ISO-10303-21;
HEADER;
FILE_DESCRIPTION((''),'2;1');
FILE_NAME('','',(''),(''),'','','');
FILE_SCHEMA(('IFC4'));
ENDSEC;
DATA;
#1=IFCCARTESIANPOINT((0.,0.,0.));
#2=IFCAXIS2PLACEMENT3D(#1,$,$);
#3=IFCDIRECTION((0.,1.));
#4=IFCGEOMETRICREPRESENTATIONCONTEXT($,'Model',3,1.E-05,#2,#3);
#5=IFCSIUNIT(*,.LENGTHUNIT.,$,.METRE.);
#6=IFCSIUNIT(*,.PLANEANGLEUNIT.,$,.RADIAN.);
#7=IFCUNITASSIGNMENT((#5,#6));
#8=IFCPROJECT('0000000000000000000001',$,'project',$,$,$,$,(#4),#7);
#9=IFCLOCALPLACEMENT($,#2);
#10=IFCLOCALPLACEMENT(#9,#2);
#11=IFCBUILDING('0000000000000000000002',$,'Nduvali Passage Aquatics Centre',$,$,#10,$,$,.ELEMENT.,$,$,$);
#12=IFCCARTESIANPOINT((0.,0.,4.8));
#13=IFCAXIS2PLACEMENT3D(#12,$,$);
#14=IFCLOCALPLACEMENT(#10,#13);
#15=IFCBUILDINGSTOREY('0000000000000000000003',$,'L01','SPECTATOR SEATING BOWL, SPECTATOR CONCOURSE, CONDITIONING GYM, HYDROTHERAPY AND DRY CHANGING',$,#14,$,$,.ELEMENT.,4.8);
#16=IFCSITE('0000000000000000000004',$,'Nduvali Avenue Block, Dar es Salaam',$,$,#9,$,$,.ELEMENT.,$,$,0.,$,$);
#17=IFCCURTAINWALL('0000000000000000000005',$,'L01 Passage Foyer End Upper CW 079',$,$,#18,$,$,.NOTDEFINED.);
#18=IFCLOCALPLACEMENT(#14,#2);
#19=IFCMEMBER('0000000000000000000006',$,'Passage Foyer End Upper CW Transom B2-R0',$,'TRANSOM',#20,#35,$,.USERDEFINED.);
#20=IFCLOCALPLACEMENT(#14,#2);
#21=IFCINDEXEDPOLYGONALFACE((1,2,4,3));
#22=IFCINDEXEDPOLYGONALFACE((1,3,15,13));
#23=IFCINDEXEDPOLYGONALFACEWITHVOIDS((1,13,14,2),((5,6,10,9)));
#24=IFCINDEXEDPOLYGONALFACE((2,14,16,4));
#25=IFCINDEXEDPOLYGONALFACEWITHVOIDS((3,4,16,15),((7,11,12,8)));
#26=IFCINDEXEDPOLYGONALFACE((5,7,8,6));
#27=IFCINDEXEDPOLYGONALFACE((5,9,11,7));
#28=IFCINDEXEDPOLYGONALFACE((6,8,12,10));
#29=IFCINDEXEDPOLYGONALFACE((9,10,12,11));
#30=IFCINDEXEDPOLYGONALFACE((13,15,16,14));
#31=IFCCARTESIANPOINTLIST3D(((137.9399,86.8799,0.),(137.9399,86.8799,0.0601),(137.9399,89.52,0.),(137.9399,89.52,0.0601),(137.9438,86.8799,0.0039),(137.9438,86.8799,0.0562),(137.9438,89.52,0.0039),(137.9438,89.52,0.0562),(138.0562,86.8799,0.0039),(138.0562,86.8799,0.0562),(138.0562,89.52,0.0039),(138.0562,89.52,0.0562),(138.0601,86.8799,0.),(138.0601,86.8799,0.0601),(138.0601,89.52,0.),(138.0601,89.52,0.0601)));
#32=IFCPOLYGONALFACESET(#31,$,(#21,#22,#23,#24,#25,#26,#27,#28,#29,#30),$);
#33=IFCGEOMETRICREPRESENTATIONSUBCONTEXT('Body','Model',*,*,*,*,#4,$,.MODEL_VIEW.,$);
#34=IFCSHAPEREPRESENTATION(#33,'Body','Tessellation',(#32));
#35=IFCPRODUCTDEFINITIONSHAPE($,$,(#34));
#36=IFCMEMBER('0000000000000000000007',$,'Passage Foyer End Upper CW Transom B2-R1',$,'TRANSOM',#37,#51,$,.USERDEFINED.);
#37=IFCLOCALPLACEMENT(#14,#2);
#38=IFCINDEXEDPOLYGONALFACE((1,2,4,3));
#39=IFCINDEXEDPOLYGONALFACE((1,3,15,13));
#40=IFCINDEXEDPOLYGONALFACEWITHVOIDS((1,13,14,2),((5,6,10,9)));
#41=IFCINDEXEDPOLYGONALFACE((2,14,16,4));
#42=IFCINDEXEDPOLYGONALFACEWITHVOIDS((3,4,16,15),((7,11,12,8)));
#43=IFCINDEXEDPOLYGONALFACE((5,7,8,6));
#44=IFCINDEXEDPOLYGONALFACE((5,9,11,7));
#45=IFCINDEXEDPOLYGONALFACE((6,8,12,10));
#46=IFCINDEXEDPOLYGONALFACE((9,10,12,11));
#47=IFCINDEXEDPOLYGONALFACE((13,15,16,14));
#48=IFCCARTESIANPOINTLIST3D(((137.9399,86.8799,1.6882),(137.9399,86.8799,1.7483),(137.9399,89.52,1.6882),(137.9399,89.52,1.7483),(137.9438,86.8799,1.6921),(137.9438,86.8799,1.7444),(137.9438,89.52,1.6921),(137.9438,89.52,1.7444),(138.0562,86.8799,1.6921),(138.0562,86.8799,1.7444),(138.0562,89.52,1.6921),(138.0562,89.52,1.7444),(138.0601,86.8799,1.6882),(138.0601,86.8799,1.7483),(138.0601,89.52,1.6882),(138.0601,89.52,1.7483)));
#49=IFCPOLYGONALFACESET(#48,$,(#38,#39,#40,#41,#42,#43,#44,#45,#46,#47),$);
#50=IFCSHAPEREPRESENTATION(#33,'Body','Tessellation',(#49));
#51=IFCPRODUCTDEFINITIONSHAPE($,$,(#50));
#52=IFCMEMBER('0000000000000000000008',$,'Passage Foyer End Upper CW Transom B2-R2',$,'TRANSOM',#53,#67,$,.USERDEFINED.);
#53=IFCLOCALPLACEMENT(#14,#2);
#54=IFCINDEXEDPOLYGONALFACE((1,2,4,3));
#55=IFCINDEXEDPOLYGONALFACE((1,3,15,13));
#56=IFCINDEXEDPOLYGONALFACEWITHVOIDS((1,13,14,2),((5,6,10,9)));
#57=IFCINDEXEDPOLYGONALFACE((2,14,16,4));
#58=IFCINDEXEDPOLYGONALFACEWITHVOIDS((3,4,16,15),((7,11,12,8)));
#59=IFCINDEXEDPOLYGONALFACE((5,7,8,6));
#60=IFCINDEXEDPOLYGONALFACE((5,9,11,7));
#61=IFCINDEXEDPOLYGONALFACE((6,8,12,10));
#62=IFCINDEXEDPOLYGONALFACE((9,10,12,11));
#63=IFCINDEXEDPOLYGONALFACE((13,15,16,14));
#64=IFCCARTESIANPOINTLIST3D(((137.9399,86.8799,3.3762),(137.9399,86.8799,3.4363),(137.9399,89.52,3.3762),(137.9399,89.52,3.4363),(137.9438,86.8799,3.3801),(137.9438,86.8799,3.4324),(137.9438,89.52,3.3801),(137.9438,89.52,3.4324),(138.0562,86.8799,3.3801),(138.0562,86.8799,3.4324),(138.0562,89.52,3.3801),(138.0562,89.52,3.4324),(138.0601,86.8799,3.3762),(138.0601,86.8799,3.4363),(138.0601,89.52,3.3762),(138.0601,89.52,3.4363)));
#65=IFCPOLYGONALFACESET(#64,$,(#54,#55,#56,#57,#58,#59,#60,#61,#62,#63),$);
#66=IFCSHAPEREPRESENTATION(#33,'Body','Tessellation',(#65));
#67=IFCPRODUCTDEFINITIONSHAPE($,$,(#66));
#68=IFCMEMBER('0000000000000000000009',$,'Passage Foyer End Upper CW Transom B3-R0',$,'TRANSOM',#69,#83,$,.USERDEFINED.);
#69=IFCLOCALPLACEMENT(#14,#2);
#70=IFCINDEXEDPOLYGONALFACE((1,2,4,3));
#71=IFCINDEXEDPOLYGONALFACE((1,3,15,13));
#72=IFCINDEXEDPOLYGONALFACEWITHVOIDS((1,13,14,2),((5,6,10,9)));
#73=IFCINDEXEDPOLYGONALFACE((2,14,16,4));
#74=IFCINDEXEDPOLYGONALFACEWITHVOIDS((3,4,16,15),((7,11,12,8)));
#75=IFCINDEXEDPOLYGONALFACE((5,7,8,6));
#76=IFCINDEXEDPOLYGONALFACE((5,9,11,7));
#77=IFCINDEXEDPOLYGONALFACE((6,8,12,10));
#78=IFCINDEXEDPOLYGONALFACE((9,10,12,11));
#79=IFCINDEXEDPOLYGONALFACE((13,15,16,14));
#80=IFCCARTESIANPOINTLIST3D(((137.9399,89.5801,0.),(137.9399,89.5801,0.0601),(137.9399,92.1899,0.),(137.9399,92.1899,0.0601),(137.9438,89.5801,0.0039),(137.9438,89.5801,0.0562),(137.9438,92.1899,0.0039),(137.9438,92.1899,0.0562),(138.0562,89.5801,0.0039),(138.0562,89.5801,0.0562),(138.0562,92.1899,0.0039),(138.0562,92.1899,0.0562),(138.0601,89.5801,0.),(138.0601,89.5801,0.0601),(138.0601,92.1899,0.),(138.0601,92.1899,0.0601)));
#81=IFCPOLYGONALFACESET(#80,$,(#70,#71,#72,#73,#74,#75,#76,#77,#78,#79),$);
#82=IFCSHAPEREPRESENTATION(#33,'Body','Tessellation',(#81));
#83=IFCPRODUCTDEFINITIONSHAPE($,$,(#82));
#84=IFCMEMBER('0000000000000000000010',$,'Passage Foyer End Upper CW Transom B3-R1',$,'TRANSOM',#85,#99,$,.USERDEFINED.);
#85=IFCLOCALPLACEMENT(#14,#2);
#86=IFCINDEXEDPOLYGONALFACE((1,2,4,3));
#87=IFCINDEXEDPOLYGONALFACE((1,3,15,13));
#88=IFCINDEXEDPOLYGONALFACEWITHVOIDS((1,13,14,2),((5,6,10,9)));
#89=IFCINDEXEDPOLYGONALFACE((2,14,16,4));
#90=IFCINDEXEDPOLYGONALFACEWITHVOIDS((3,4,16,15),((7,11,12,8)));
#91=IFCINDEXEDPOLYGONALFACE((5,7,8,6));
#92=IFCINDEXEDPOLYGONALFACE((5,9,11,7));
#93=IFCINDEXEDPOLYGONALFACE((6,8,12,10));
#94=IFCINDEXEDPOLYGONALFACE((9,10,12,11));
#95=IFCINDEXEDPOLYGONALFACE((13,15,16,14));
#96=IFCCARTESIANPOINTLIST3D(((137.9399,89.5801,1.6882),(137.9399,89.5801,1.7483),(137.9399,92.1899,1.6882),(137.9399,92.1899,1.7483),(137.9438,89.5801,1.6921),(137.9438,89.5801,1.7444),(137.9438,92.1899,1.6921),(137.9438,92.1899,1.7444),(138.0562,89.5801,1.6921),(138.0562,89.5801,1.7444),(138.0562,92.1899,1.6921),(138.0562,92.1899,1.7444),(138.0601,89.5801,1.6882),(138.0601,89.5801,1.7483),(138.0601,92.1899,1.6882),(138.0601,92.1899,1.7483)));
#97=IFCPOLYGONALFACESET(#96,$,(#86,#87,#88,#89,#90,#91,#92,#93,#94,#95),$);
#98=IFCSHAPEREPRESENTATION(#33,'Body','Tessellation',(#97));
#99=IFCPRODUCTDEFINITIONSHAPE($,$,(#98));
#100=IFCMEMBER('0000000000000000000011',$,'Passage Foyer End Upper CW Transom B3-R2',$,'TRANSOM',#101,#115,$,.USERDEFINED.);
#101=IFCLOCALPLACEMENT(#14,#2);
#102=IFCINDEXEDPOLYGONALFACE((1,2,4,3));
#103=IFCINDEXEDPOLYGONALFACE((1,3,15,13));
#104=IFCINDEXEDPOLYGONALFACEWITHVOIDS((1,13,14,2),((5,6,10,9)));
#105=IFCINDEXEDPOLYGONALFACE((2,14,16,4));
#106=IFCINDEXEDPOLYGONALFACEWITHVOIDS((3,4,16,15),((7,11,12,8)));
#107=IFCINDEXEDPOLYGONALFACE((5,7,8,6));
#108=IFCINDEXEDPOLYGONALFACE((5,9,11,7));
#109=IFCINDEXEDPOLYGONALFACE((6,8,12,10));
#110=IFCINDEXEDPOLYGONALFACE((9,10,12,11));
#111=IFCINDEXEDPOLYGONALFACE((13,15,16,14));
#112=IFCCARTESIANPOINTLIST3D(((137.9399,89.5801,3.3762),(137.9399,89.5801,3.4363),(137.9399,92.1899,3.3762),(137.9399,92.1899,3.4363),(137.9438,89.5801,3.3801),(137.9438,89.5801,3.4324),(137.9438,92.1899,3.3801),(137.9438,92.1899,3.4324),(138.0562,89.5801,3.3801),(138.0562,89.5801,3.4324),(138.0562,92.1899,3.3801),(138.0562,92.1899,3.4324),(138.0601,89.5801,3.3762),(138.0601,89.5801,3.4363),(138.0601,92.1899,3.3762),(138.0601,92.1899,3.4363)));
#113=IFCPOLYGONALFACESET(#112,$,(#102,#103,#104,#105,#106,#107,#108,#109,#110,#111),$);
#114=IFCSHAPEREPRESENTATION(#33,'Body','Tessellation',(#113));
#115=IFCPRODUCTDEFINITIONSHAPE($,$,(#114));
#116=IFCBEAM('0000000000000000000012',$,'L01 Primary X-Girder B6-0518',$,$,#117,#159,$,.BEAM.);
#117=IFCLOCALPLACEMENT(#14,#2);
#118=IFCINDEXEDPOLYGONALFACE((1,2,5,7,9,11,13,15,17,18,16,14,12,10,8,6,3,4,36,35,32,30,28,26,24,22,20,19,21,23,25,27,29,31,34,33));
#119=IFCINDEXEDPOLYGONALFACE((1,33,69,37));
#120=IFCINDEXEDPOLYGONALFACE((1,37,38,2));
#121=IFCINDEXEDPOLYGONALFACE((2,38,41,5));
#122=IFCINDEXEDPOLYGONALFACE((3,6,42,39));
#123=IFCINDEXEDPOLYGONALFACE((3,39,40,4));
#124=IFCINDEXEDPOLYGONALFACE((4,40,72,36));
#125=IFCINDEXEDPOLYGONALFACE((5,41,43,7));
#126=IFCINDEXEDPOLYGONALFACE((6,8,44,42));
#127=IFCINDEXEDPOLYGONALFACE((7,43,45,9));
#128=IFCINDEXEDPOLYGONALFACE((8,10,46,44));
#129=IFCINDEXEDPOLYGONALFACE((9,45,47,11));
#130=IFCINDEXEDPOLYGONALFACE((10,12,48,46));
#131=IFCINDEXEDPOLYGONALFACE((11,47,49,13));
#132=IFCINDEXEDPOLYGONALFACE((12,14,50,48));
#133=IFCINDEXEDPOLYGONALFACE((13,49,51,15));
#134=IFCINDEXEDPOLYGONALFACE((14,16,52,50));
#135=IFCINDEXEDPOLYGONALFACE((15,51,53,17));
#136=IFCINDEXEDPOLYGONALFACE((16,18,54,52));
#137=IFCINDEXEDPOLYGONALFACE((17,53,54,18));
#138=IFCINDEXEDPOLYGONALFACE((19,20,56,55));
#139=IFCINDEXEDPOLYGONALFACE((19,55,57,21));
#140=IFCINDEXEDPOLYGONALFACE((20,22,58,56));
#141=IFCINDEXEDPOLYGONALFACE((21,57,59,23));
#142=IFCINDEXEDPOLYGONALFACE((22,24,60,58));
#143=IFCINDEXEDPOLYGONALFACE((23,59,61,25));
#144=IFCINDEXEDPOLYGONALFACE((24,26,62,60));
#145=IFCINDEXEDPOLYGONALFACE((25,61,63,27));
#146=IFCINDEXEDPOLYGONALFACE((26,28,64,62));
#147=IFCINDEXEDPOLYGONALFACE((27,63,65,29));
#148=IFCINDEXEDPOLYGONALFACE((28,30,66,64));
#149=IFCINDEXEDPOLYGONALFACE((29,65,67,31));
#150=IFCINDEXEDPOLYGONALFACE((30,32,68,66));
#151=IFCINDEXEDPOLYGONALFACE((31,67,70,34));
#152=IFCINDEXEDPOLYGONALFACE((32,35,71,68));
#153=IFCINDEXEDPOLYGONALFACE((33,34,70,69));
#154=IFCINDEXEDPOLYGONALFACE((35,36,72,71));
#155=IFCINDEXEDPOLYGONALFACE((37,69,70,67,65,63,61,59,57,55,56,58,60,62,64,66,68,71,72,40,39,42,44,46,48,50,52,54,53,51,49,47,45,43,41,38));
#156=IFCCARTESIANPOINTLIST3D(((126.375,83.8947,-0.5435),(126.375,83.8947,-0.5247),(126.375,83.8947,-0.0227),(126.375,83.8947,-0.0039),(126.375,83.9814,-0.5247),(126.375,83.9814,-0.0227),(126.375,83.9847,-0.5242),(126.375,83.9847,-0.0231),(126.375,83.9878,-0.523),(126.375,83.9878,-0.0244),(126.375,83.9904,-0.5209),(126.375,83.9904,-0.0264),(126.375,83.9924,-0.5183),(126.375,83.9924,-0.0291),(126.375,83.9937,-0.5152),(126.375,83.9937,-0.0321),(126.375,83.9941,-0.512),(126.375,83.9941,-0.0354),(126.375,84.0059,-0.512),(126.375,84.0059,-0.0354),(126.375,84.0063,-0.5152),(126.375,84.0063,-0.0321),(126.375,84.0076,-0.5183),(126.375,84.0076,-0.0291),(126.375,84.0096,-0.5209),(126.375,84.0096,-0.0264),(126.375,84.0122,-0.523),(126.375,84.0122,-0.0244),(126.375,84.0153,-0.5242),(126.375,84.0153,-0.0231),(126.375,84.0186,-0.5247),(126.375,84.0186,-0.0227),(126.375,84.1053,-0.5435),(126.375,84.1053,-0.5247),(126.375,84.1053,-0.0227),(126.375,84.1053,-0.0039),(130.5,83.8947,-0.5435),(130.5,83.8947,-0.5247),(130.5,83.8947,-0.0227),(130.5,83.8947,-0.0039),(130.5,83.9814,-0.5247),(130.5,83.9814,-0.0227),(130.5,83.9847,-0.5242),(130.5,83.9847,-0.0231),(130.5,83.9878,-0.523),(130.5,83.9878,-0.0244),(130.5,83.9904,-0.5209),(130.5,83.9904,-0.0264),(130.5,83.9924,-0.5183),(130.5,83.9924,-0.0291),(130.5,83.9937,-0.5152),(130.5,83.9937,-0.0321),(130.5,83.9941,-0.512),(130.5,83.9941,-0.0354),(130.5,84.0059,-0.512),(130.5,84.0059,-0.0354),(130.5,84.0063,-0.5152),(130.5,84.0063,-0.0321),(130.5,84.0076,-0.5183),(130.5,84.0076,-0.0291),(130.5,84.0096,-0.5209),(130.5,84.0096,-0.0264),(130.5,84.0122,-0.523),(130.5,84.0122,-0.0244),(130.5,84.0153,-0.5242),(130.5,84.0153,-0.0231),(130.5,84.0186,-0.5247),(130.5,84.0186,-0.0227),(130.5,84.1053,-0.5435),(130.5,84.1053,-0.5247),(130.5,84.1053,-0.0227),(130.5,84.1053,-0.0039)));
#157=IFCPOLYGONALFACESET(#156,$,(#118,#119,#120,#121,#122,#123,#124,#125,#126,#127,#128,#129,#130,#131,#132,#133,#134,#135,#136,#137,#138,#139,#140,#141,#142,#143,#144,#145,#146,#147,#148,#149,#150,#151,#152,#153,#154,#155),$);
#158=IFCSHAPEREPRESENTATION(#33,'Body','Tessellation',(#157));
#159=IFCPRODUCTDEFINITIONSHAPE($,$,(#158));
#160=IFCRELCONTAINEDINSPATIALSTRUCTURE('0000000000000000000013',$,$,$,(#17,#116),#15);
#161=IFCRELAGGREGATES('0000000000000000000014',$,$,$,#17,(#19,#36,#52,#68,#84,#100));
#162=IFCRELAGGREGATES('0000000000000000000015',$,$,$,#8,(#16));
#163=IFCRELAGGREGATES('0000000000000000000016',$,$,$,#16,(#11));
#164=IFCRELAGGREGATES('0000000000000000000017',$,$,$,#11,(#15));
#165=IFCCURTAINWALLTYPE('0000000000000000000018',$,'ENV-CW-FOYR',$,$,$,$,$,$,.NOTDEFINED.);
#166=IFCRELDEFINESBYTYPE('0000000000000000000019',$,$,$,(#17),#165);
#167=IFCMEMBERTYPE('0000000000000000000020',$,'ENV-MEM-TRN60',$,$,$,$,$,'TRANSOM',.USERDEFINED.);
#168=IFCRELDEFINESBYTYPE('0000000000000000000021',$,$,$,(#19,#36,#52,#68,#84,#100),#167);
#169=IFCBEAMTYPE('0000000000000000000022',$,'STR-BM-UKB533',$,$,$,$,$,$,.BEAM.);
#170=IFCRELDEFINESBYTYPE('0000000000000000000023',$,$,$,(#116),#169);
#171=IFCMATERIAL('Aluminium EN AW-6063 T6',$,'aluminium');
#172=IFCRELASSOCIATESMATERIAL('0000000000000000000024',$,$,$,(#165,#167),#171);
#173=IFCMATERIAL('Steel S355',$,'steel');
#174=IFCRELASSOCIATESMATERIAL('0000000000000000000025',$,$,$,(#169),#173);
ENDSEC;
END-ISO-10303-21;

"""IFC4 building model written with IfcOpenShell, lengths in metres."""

from ifc_helpers import new_model, si_unit, direction, frame, origin, origin_2d, place, context, subcontext, project, spatial, hollow_rectangle, i_section, extrude, material, material_profile, profile_set, type_object, element, aggregate, save


model = new_model("IFC4")

# Units and contexts
model_context = context("Model", 3, precision=1e-05, world=origin(), true_north=direction((0.0, 1.0)))
body_context = subcontext(model_context, "Body", "Model", "MODEL_VIEW")
ifc_project = project(units=[si_unit("LENGTHUNIT", "METRE"), si_unit("PLANEANGLEUNIT", "RADIAN")], contexts=[model_context])

# Site, building, storey
site_placement = place(None, origin())
site = spatial("IfcSite", under=ifc_project, at=site_placement, Name="Nduvali Avenue Block, Dar es Salaam", CompositionType="ELEMENT", RefElevation=0.0)
building_placement = place(site_placement, origin())
building = spatial("IfcBuilding", under=site, at=building_placement, Name="Nduvali Passage Aquatics Centre", CompositionType="ELEMENT")
storey_placement = place(building_placement, frame((0.0, 0.0, 4.8)))
storey = spatial("IfcBuildingStorey", under=building, at=storey_placement, Name="L01", Description="SPECTATOR SEATING BOWL, SPECTATOR CONCOURSE, CONDITIONING GYM, HYDROTHERAPY AND DRY CHANGING", CompositionType="ELEMENT", Elevation=4.8)

# Shared definitions
ifc_material_1 = material(Name="Steel S355", Category="steel")

# Shared definitions
ifc_material_2 = material(Name="Aluminium EN AW-6063 T6", Category="aluminium")
curtain_wall_type = type_object("IfcCurtainWallType", Name="ENV-CW-FOYR", PredefinedType="NOTDEFINED", material=ifc_material_2)

# Curtain wall, members
curtain_wall_1_placement = place(storey_placement, origin())
curtain_wall_1 = element("IfcCurtainWall", 1, at=curtain_wall_1_placement, inside=storey, type_object=curtain_wall_type, Name="L01 Passage Foyer End Upper CW 079", PredefinedType="NOTDEFINED")
ifc_material_profile_1 = material_profile(ifc_material_2, hollow_rectangle(XDim=0.1201, YDim=0.0601, WallThickness=0.0039, at=origin_2d()), Name="ALU TRANSOM 120x60x4")
ifc_profile_set_1 = profile_set([ifc_material_profile_1], Name="Aluminium EN AW-6063 T6")
member_type_1 = type_object("IfcMemberType", Name="ENV-MEM-TRN60", ElementType="TRANSOM", PredefinedType="USERDEFINED", material=ifc_profile_set_1)
member_1_placement = place(storey_placement, frame((138.0, 86.8799, 0.03), z_axis=(0.0, 1.0, 0.0), x_axis=(-1.0, 0.0, 0.0)))
member_1 = element("IfcMember", 2, at=member_1_placement, type_object=member_type_1, Name="Passage Foyer End Upper CW Transom B2-R0", ObjectType="TRANSOM", PredefinedType="USERDEFINED", context=body_context, shape_type="SweptSolid", body=[
    extrude(hollow_rectangle(XDim=0.1201, YDim=0.0601, WallThickness=0.0039, at=origin_2d()), origin(), (0.0, 0.0, 1.0), 2.6401),
])
member_2_placement = place(storey_placement, frame((138.0, 86.8799, 1.7183), z_axis=(0.0, 1.0, 0.0), x_axis=(-1.0, 0.0, 0.0)))
member_2 = element("IfcMember", 3, at=member_2_placement, type_object=member_type_1, Name="Passage Foyer End Upper CW Transom B2-R1", ObjectType="TRANSOM", PredefinedType="USERDEFINED", context=body_context, shape_type="SweptSolid", body=[
    extrude(hollow_rectangle(XDim=0.1201, YDim=0.0601, WallThickness=0.0039, at=origin_2d()), origin(), (0.0, 0.0, 1.0), 2.6401),
])
member_3_placement = place(storey_placement, frame((138.0, 86.8799, 3.4062), z_axis=(0.0, 1.0, 0.0), x_axis=(-1.0, 0.0, 0.0)))
member_3 = element("IfcMember", 4, at=member_3_placement, type_object=member_type_1, Name="Passage Foyer End Upper CW Transom B2-R2", ObjectType="TRANSOM", PredefinedType="USERDEFINED", context=body_context, shape_type="SweptSolid", body=[
    extrude(hollow_rectangle(XDim=0.1201, YDim=0.0601, WallThickness=0.0039, at=origin_2d()), origin(), (0.0, 0.0, 1.0), 2.6401),
])
member_4_placement = place(storey_placement, frame((138.0, 89.5801, 0.03), z_axis=(0.0, 1.0, 0.0), x_axis=(-1.0, 0.0, 0.0)))
member_4 = element("IfcMember", 5, at=member_4_placement, type_object=member_type_1, Name="Passage Foyer End Upper CW Transom B3-R0", ObjectType="TRANSOM", PredefinedType="USERDEFINED", context=body_context, shape_type="SweptSolid", body=[
    extrude(hollow_rectangle(XDim=0.1201, YDim=0.0601, WallThickness=0.0039, at=origin_2d()), origin(), (0.0, 0.0, 1.0), 2.6099),
])
member_5_placement = place(storey_placement, frame((138.0, 89.5801, 1.7183), z_axis=(0.0, 1.0, 0.0), x_axis=(-1.0, 0.0, 0.0)))
member_5 = element("IfcMember", 6, at=member_5_placement, type_object=member_type_1, Name="Passage Foyer End Upper CW Transom B3-R1", ObjectType="TRANSOM", PredefinedType="USERDEFINED", context=body_context, shape_type="SweptSolid", body=[
    extrude(hollow_rectangle(XDim=0.1201, YDim=0.0601, WallThickness=0.0039, at=origin_2d()), origin(), (0.0, 0.0, 1.0), 2.6099),
])
member_6_placement = place(storey_placement, frame((138.0, 89.5801, 3.4062), z_axis=(0.0, 1.0, 0.0), x_axis=(-1.0, 0.0, 0.0)))
member_6 = element("IfcMember", 7, at=member_6_placement, type_object=member_type_1, Name="Passage Foyer End Upper CW Transom B3-R2", ObjectType="TRANSOM", PredefinedType="USERDEFINED", context=body_context, shape_type="SweptSolid", body=[
    extrude(hollow_rectangle(XDim=0.1201, YDim=0.0601, WallThickness=0.0039, at=origin_2d()), origin(), (0.0, 0.0, 1.0), 2.6099),
])

# Beam
ifc_material_profile_2 = material_profile(ifc_material_1, i_section(OverallWidth=0.2107, OverallDepth=0.5396, WebThickness=0.0117, FlangeThickness=0.0188, FilletRadius=0.0127, at=origin_2d()), Name="UKB 533x210x109")
ifc_profile_set_2 = profile_set([ifc_material_profile_2], Name="Steel S355")
beam_type_1 = type_object("IfcBeamType", Name="STR-BM-UKB533", PredefinedType="BEAM", material=ifc_profile_set_2)
beam_1_placement = place(storey_placement, frame((126.375, 84.0, -0.2737), z_axis=(1.0, 0.0, 0.0), x_axis=(0.0, 1.0, 0.0)))
element("IfcBeam", 8, at=beam_1_placement, inside=storey, type_object=beam_type_1, Name="L01 Primary X-Girder B6-0518", PredefinedType="BEAM", context=body_context, shape_type="SweptSolid", body=[
    extrude(i_section(OverallWidth=0.2107, OverallDepth=0.5396, WebThickness=0.0117, FlangeThickness=0.0188, FilletRadius=0.0127, at=origin_2d()), origin(), (0.0, 0.0, 1.0), 4.125),
])

aggregate(curtain_wall_1, [member_1, member_2, member_3, member_4, member_5, member_6])

save(model, "model.ifc")
